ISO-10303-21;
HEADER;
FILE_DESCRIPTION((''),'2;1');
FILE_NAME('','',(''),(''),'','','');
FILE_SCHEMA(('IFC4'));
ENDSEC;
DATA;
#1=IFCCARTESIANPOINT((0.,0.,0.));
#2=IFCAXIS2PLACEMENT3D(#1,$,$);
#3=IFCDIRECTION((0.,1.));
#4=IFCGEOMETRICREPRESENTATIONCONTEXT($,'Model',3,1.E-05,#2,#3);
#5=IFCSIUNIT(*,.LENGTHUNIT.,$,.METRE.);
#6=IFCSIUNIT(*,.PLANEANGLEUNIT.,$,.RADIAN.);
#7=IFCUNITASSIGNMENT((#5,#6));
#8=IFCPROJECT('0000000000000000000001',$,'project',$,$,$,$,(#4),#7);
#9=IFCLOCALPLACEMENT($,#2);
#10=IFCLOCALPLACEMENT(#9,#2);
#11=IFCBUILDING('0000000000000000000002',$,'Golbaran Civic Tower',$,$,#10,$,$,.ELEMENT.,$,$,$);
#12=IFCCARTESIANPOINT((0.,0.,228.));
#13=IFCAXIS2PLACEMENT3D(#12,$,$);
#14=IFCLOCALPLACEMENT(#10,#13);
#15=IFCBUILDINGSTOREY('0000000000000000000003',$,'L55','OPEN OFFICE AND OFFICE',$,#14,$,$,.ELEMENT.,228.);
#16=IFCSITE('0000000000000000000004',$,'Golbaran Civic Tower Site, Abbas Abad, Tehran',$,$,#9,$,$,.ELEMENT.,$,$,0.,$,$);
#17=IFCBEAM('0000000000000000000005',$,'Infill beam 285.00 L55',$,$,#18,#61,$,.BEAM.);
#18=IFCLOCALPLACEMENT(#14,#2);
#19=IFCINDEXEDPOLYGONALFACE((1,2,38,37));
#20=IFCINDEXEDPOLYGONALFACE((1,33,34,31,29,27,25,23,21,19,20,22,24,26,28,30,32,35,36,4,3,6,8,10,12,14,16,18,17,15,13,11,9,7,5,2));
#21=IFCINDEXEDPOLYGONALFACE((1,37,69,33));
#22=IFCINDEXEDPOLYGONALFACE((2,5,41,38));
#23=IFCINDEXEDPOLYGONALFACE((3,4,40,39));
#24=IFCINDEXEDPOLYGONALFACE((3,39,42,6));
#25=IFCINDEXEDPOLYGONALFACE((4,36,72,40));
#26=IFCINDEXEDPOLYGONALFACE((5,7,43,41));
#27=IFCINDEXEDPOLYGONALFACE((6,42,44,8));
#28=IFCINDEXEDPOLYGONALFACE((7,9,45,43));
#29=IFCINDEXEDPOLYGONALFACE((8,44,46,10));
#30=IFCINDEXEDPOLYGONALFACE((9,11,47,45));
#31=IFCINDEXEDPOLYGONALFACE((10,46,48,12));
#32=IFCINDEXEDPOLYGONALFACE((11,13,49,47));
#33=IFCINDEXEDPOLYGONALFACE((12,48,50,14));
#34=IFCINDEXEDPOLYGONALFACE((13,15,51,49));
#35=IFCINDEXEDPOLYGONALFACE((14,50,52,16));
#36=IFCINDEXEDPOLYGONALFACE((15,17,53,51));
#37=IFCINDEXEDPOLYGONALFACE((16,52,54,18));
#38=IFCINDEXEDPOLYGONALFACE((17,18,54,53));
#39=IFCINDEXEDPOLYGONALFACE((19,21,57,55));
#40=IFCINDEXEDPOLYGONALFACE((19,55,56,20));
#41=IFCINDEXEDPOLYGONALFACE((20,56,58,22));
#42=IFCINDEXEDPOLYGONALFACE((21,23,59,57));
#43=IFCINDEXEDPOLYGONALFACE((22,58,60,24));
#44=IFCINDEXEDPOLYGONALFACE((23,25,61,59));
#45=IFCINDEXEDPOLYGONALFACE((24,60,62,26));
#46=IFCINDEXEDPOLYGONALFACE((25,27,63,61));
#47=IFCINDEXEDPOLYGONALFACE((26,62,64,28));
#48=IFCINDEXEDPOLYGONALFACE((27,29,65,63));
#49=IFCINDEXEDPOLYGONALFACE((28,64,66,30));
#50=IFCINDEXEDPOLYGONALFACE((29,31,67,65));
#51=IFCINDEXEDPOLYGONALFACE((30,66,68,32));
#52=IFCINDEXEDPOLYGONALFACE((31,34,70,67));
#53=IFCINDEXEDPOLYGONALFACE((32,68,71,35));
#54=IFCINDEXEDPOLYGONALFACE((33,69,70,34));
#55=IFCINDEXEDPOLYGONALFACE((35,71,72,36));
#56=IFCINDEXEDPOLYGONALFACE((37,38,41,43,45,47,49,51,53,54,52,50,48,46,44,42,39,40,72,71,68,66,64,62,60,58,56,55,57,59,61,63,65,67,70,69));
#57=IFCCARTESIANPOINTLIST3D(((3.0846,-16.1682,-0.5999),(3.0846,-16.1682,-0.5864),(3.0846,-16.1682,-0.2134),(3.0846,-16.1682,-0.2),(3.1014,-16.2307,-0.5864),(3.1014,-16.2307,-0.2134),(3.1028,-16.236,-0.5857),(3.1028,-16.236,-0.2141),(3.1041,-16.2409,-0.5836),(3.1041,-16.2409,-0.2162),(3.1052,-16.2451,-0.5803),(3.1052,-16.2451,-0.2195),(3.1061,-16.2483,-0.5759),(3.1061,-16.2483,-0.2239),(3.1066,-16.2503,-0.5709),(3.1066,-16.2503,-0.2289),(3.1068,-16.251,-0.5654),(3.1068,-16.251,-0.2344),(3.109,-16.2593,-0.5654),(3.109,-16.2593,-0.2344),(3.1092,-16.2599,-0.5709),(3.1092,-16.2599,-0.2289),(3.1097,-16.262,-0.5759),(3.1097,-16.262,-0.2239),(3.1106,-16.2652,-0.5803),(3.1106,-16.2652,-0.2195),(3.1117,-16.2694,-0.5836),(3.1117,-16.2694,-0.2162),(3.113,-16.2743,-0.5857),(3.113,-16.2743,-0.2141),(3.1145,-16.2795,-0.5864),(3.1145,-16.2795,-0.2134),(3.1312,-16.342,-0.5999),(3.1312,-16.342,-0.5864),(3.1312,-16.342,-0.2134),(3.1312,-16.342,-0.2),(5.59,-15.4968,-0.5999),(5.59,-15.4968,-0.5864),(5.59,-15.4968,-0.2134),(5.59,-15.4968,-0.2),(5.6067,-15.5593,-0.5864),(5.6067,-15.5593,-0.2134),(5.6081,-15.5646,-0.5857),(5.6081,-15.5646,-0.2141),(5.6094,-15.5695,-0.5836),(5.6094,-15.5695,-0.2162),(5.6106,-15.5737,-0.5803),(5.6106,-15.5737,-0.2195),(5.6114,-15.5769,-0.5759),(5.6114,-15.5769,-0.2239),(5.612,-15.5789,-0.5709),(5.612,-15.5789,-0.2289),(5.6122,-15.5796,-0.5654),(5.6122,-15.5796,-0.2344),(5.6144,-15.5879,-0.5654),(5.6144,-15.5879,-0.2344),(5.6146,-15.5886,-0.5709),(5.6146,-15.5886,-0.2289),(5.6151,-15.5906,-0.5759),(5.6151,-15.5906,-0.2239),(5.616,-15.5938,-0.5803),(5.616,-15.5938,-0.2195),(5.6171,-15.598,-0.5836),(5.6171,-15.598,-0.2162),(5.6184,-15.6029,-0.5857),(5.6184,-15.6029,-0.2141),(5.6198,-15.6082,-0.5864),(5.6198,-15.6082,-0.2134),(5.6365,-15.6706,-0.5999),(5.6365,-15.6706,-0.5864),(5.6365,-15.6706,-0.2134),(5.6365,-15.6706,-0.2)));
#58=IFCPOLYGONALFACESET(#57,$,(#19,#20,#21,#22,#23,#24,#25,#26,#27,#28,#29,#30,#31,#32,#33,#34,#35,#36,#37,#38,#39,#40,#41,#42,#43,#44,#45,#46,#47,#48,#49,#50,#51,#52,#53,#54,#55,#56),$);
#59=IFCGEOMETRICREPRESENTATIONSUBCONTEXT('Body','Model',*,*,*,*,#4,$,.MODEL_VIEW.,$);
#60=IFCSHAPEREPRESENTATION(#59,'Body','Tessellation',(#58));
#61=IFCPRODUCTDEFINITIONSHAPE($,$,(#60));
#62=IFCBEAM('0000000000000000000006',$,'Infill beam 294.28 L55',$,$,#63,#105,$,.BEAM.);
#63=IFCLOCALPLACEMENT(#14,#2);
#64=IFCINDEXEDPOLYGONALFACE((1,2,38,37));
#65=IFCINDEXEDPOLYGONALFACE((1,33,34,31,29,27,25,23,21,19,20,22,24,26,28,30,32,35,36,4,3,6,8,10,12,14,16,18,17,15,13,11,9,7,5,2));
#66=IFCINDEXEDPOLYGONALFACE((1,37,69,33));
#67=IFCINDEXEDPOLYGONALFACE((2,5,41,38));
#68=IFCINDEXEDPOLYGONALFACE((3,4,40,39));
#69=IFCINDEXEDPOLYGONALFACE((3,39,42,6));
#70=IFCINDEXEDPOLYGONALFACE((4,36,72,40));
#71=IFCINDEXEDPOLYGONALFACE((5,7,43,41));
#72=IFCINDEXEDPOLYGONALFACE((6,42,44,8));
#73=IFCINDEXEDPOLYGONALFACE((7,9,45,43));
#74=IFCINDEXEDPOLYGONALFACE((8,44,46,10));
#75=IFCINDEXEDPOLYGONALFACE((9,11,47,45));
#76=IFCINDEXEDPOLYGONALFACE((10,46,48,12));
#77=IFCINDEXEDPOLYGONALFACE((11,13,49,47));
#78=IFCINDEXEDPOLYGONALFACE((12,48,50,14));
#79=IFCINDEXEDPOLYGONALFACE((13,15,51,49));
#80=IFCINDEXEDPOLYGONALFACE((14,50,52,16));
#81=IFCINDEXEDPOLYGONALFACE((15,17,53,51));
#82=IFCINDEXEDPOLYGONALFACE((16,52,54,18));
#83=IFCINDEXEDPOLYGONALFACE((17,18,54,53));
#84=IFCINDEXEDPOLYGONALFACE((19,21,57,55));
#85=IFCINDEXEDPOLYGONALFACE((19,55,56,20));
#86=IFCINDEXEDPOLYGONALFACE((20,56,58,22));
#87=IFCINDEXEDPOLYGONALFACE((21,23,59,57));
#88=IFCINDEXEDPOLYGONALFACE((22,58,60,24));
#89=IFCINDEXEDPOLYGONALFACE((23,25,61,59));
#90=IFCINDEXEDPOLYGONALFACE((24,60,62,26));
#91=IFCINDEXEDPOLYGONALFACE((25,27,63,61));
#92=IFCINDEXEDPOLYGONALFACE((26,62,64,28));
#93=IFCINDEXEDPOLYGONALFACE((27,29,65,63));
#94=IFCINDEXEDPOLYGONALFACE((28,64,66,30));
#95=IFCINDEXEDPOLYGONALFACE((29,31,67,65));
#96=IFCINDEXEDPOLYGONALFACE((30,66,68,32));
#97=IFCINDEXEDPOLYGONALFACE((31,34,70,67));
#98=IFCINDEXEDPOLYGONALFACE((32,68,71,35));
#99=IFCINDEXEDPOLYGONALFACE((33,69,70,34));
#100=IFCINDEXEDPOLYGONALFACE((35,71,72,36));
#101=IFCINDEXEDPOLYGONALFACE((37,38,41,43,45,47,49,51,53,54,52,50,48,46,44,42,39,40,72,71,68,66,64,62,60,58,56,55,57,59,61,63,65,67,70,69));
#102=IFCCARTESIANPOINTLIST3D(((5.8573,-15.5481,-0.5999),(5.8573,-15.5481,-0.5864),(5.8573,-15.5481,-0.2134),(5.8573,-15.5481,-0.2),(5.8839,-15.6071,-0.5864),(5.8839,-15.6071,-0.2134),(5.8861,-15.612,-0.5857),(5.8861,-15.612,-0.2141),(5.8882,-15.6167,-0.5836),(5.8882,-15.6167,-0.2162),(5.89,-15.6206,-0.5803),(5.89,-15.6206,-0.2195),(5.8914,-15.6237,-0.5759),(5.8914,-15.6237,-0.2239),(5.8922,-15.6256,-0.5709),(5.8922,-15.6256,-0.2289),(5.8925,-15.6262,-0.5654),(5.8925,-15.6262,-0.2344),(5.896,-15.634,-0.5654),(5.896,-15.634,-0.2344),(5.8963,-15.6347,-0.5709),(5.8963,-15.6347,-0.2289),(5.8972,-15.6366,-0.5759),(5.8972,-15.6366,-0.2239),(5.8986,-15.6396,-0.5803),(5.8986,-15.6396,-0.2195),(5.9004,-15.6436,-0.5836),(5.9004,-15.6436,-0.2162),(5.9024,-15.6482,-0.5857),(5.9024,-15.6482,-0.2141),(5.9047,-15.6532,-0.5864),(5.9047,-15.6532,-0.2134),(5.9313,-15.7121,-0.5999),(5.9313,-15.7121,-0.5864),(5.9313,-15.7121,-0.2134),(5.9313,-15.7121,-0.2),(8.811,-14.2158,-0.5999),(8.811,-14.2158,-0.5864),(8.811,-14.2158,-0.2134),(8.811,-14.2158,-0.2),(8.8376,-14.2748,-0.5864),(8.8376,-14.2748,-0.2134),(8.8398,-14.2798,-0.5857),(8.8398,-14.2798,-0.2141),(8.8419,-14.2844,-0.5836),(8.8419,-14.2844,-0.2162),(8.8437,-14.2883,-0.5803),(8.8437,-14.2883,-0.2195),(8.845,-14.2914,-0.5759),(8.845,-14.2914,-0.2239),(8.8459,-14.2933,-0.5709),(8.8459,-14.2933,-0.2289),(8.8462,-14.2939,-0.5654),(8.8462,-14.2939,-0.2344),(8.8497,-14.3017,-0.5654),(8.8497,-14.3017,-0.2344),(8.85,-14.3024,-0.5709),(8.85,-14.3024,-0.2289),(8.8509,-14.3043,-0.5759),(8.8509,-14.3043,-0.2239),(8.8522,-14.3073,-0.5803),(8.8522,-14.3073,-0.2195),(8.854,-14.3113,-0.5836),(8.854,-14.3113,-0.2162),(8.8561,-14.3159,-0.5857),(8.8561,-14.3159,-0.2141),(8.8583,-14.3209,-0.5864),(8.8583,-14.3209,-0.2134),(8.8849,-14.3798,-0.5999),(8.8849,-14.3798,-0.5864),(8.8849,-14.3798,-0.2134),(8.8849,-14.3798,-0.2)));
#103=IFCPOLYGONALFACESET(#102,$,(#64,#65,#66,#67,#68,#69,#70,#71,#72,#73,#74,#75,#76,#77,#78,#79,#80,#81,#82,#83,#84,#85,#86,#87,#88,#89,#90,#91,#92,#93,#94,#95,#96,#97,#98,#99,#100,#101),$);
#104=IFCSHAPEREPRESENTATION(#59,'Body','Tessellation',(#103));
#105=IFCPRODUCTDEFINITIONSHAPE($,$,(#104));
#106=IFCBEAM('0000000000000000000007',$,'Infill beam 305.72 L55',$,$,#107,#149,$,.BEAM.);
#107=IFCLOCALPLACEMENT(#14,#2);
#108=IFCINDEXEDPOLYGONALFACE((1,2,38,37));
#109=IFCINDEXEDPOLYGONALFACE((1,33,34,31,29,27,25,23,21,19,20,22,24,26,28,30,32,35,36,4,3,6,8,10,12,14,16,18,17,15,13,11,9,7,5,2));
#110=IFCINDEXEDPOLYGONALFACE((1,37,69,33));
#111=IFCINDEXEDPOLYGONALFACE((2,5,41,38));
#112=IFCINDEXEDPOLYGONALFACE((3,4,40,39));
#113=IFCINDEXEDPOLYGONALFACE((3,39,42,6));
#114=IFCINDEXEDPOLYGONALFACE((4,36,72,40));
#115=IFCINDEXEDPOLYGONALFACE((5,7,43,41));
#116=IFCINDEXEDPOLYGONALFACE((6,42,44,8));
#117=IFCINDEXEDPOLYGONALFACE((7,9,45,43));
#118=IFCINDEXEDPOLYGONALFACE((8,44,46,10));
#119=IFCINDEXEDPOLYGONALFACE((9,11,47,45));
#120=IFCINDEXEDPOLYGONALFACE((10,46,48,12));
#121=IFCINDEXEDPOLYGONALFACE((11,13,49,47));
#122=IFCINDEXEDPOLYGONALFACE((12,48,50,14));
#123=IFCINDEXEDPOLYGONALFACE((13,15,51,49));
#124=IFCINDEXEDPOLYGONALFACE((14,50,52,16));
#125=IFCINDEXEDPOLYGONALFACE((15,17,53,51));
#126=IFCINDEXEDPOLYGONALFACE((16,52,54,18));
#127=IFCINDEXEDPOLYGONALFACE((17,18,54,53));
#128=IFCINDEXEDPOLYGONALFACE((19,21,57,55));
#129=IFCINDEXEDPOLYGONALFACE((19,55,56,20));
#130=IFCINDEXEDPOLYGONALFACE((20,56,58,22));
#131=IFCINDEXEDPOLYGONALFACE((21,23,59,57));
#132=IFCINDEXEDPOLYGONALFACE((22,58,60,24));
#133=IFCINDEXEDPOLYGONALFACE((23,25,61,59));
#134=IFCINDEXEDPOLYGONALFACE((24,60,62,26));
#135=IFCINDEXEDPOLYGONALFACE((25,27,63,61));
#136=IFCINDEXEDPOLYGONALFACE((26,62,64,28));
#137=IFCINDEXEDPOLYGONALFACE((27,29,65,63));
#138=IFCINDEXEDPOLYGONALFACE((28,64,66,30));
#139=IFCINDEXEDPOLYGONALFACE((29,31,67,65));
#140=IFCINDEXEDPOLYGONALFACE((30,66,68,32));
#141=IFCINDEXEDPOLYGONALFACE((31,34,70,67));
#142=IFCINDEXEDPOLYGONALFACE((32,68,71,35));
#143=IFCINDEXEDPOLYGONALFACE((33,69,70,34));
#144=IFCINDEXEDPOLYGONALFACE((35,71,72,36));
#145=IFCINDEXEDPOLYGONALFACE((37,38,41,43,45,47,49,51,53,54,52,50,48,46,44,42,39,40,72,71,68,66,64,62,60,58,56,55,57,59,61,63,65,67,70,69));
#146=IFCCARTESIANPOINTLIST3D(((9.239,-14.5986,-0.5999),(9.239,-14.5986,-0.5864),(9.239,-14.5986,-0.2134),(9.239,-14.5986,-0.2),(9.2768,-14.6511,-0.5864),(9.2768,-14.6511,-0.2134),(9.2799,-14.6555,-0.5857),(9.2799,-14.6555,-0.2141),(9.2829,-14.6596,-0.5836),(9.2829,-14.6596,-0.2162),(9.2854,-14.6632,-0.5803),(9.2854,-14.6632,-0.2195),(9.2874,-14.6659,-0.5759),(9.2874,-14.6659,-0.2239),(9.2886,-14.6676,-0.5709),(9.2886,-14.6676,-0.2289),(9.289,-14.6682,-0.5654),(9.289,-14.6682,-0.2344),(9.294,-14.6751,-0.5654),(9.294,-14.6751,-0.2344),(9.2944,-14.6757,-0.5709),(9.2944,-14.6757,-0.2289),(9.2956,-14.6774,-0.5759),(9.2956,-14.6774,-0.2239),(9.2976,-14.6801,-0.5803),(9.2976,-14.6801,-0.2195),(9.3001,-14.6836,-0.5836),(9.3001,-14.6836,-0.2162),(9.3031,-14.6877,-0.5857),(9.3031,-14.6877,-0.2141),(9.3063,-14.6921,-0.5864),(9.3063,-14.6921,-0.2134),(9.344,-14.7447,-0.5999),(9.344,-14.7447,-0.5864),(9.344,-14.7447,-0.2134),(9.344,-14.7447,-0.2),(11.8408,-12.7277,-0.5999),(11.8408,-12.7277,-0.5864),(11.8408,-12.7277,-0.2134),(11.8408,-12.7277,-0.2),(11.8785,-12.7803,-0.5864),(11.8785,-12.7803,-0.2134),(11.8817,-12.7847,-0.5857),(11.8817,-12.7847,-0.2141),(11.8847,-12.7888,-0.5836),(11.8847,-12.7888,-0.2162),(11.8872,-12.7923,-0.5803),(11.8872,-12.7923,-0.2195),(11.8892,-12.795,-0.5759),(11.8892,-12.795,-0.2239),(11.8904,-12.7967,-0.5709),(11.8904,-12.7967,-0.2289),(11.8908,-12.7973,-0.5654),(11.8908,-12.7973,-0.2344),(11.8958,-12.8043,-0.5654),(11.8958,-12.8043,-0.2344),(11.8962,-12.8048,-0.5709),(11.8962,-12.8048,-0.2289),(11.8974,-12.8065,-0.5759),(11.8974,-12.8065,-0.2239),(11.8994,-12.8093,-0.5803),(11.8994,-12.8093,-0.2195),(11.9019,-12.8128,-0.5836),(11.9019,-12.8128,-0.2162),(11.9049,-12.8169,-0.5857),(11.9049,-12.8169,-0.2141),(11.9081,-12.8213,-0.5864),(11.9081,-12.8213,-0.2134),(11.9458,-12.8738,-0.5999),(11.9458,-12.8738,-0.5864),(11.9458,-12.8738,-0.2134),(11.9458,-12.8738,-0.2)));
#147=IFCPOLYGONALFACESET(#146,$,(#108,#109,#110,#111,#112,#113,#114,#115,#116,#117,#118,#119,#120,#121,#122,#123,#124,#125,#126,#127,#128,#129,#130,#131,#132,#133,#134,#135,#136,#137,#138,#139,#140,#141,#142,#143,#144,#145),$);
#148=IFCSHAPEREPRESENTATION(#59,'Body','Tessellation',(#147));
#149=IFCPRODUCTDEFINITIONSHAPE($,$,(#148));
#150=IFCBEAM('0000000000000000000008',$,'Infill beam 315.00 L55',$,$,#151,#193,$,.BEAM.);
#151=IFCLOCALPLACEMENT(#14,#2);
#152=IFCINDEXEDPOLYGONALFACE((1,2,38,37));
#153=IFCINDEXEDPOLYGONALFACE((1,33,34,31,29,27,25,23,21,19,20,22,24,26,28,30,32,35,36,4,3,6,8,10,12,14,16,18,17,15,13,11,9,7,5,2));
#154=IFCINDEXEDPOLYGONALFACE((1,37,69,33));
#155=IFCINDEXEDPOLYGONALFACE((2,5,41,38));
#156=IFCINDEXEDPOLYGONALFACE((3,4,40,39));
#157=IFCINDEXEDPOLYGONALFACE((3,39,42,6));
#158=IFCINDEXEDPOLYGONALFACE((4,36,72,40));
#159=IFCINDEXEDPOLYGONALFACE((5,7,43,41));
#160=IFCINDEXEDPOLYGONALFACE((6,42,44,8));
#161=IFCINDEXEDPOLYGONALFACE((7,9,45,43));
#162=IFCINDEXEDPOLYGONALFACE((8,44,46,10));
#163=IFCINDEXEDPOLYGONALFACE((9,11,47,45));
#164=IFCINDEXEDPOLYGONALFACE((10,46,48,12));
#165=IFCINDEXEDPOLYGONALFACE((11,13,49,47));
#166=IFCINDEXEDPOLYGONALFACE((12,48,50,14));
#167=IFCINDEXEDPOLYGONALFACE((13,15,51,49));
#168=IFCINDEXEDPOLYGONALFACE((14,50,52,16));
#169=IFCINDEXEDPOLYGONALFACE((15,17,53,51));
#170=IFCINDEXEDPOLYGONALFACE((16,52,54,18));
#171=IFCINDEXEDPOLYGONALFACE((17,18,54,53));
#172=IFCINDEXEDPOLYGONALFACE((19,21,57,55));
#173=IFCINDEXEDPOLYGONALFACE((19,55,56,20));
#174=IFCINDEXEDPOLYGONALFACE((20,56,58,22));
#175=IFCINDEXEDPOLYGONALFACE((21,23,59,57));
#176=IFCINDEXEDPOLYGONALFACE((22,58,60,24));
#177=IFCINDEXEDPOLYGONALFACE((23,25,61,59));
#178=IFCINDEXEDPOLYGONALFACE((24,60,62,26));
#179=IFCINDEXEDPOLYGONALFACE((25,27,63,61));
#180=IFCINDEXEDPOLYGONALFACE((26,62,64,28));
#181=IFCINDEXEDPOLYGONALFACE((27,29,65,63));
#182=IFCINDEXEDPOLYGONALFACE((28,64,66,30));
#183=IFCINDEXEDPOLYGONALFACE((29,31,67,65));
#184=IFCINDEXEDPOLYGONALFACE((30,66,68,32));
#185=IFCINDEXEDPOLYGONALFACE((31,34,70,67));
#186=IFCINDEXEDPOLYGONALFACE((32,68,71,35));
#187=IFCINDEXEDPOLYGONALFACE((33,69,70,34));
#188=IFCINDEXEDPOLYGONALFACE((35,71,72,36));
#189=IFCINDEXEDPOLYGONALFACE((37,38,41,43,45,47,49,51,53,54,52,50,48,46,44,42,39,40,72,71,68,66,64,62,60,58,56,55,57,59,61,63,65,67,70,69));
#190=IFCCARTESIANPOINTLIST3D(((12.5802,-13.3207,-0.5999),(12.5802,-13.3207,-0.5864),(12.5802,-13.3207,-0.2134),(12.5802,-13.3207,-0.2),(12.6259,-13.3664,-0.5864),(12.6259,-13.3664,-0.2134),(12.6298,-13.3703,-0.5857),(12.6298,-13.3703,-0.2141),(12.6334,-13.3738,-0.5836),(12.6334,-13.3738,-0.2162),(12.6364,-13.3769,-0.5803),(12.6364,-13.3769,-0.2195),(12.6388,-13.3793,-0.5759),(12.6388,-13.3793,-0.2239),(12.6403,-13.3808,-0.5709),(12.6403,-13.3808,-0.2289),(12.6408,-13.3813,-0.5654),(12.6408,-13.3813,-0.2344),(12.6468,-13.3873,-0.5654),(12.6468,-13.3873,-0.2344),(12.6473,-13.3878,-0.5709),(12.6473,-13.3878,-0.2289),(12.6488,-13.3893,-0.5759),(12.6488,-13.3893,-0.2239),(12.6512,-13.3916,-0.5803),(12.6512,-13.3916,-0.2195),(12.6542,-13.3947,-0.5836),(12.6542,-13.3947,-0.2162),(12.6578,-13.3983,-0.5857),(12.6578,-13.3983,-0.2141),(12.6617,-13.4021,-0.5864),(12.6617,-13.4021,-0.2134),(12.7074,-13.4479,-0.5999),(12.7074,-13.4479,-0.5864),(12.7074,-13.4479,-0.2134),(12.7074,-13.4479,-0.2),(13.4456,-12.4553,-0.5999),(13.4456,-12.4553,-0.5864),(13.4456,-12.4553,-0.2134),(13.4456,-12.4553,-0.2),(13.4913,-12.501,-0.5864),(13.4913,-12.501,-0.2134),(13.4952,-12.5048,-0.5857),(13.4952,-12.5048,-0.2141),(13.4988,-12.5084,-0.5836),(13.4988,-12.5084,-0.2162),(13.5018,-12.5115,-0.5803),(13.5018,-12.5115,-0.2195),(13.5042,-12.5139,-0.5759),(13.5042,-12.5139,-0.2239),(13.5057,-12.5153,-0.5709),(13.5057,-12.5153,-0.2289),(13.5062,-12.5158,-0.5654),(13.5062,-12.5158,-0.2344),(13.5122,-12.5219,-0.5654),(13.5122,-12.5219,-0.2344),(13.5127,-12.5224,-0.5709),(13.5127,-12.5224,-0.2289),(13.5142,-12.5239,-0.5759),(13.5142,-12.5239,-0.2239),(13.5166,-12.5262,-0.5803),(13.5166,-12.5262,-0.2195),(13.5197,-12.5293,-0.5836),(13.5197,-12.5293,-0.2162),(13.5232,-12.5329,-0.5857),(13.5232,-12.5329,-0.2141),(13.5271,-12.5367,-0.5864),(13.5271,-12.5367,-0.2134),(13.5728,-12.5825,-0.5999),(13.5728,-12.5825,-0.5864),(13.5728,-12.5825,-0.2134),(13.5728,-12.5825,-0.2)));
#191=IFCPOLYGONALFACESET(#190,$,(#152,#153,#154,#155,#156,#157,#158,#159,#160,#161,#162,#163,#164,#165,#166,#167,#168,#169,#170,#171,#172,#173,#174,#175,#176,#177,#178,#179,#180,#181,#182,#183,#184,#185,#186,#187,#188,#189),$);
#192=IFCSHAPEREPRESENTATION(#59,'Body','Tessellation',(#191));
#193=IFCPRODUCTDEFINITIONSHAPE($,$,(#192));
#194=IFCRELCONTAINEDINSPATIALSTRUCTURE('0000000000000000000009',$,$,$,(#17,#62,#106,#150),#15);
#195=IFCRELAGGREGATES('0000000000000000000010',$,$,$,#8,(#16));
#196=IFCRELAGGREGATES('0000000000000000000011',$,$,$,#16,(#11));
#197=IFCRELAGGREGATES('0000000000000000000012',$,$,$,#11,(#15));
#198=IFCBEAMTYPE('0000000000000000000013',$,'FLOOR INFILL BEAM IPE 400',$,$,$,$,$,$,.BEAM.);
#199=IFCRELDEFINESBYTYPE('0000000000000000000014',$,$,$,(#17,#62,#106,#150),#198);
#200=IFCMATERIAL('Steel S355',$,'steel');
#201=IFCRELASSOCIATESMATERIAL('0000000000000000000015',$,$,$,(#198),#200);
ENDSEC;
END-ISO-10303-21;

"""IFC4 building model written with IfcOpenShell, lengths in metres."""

from ifc_helpers import new_model, si_unit, direction, frame, origin, origin_2d, place, context, subcontext, project, spatial, i_section, extrude, material, material_profile, profile_set, type_object, element, save


model = new_model("IFC4")

# Units and contexts
model_context = context("Model", 3, precision=1e-05, world=origin(), true_north=direction((0.0, 1.0)))
body_context = subcontext(model_context, "Body", "Model", "MODEL_VIEW")
ifc_project = project(units=[si_unit("LENGTHUNIT", "METRE"), si_unit("PLANEANGLEUNIT", "RADIAN")], contexts=[model_context])

# Site, building, storey
site_placement = place(None, origin())
site = spatial("IfcSite", under=ifc_project, at=site_placement, Name="Golbaran Civic Tower Site, Abbas Abad, Tehran", CompositionType="ELEMENT", RefElevation=0.0)
building_placement = place(site_placement, origin())
building = spatial("IfcBuilding", under=site, at=building_placement, Name="Golbaran Civic Tower", CompositionType="ELEMENT")
storey_placement = place(building_placement, frame((0.0, 0.0, 228.0)))
storey = spatial("IfcBuildingStorey", under=building, at=storey_placement, Name="L55", Description="OPEN OFFICE AND OFFICE", CompositionType="ELEMENT", Elevation=228.0)

# Beams
ifc_material_1 = material(Name="Steel S355", Category="steel")
ifc_material_profile_1 = material_profile(ifc_material_1, i_section(OverallWidth=0.1799, OverallDepth=0.3999, WebThickness=0.0085, FlangeThickness=0.0134, FilletRadius=0.021, at=origin_2d()), Name="IPE 400")
ifc_profile_set_1 = profile_set([ifc_material_profile_1], Name="Steel S355")
beam_type_1 = type_object("IfcBeamType", Name="FLOOR INFILL BEAM IPE 400", PredefinedType="BEAM", material=ifc_profile_set_1)
beam_1_placement = place(storey_placement, frame((3.1079, -16.2551, -0.3999), z_axis=(0.965919, 0.258846, 0.0), x_axis=(-0.258846, 0.965919, 0.0)))
element("IfcBeam", 1, at=beam_1_placement, inside=storey, type_object=beam_type_1, Name="Infill beam 285.00 L55", PredefinedType="BEAM", context=body_context, shape_type="SweptSolid", body=[
    extrude(i_section(OverallWidth=0.1799, OverallDepth=0.3999, WebThickness=0.0085, FlangeThickness=0.0134, FilletRadius=0.021, at=origin_2d()), origin(), (0.0, 0.0, 1.0), 2.5938),
])
beam_2_placement = place(storey_placement, frame((5.8943, -15.6301, -0.3999), z_axis=(0.911557, 0.411173, 0.0), x_axis=(-0.411173, 0.911557, 0.0)))
element("IfcBeam", 2, at=beam_2_placement, inside=storey, type_object=beam_type_1, Name="Infill beam 294.28 L55", PredefinedType="BEAM", context=body_context, shape_type="SweptSolid", body=[
    extrude(i_section(OverallWidth=0.1799, OverallDepth=0.3999, WebThickness=0.0085, FlangeThickness=0.0134, FilletRadius=0.021, at=origin_2d()), origin(), (0.0, 0.0, 1.0), 3.2402),
])
beam_3_placement = place(storey_placement, frame((9.2915, -14.6716, -0.3999), z_axis=(0.811897, 0.583801, 0.0), x_axis=(-0.583801, 0.811897, 0.0)))
element("IfcBeam", 3, at=beam_3_placement, inside=storey, type_object=beam_type_1, Name="Infill beam 305.72 L55", PredefinedType="BEAM", context=body_context, shape_type="SweptSolid", body=[
    extrude(i_section(OverallWidth=0.1799, OverallDepth=0.3999, WebThickness=0.0085, FlangeThickness=0.0134, FilletRadius=0.021, at=origin_2d()), origin(), (0.0, 0.0, 1.0), 3.2046),
])
beam_4_placement = place(storey_placement, frame((12.6438, -13.3843, -0.3999), z_axis=(0.707107, 0.707107, 0.0), x_axis=(-0.707107, 0.707107, 0.0)))
element("IfcBeam", 4, at=beam_4_placement, inside=storey, type_object=beam_type_1, Name="Infill beam 315.00 L55", PredefinedType="BEAM", context=body_context, shape_type="SweptSolid", body=[
    extrude(i_section(OverallWidth=0.1799, OverallDepth=0.3999, WebThickness=0.0085, FlangeThickness=0.0134, FilletRadius=0.021, at=origin_2d()), origin(), (0.0, 0.0, 1.0), 1.2239),
])

save(model, "model.ifc")
